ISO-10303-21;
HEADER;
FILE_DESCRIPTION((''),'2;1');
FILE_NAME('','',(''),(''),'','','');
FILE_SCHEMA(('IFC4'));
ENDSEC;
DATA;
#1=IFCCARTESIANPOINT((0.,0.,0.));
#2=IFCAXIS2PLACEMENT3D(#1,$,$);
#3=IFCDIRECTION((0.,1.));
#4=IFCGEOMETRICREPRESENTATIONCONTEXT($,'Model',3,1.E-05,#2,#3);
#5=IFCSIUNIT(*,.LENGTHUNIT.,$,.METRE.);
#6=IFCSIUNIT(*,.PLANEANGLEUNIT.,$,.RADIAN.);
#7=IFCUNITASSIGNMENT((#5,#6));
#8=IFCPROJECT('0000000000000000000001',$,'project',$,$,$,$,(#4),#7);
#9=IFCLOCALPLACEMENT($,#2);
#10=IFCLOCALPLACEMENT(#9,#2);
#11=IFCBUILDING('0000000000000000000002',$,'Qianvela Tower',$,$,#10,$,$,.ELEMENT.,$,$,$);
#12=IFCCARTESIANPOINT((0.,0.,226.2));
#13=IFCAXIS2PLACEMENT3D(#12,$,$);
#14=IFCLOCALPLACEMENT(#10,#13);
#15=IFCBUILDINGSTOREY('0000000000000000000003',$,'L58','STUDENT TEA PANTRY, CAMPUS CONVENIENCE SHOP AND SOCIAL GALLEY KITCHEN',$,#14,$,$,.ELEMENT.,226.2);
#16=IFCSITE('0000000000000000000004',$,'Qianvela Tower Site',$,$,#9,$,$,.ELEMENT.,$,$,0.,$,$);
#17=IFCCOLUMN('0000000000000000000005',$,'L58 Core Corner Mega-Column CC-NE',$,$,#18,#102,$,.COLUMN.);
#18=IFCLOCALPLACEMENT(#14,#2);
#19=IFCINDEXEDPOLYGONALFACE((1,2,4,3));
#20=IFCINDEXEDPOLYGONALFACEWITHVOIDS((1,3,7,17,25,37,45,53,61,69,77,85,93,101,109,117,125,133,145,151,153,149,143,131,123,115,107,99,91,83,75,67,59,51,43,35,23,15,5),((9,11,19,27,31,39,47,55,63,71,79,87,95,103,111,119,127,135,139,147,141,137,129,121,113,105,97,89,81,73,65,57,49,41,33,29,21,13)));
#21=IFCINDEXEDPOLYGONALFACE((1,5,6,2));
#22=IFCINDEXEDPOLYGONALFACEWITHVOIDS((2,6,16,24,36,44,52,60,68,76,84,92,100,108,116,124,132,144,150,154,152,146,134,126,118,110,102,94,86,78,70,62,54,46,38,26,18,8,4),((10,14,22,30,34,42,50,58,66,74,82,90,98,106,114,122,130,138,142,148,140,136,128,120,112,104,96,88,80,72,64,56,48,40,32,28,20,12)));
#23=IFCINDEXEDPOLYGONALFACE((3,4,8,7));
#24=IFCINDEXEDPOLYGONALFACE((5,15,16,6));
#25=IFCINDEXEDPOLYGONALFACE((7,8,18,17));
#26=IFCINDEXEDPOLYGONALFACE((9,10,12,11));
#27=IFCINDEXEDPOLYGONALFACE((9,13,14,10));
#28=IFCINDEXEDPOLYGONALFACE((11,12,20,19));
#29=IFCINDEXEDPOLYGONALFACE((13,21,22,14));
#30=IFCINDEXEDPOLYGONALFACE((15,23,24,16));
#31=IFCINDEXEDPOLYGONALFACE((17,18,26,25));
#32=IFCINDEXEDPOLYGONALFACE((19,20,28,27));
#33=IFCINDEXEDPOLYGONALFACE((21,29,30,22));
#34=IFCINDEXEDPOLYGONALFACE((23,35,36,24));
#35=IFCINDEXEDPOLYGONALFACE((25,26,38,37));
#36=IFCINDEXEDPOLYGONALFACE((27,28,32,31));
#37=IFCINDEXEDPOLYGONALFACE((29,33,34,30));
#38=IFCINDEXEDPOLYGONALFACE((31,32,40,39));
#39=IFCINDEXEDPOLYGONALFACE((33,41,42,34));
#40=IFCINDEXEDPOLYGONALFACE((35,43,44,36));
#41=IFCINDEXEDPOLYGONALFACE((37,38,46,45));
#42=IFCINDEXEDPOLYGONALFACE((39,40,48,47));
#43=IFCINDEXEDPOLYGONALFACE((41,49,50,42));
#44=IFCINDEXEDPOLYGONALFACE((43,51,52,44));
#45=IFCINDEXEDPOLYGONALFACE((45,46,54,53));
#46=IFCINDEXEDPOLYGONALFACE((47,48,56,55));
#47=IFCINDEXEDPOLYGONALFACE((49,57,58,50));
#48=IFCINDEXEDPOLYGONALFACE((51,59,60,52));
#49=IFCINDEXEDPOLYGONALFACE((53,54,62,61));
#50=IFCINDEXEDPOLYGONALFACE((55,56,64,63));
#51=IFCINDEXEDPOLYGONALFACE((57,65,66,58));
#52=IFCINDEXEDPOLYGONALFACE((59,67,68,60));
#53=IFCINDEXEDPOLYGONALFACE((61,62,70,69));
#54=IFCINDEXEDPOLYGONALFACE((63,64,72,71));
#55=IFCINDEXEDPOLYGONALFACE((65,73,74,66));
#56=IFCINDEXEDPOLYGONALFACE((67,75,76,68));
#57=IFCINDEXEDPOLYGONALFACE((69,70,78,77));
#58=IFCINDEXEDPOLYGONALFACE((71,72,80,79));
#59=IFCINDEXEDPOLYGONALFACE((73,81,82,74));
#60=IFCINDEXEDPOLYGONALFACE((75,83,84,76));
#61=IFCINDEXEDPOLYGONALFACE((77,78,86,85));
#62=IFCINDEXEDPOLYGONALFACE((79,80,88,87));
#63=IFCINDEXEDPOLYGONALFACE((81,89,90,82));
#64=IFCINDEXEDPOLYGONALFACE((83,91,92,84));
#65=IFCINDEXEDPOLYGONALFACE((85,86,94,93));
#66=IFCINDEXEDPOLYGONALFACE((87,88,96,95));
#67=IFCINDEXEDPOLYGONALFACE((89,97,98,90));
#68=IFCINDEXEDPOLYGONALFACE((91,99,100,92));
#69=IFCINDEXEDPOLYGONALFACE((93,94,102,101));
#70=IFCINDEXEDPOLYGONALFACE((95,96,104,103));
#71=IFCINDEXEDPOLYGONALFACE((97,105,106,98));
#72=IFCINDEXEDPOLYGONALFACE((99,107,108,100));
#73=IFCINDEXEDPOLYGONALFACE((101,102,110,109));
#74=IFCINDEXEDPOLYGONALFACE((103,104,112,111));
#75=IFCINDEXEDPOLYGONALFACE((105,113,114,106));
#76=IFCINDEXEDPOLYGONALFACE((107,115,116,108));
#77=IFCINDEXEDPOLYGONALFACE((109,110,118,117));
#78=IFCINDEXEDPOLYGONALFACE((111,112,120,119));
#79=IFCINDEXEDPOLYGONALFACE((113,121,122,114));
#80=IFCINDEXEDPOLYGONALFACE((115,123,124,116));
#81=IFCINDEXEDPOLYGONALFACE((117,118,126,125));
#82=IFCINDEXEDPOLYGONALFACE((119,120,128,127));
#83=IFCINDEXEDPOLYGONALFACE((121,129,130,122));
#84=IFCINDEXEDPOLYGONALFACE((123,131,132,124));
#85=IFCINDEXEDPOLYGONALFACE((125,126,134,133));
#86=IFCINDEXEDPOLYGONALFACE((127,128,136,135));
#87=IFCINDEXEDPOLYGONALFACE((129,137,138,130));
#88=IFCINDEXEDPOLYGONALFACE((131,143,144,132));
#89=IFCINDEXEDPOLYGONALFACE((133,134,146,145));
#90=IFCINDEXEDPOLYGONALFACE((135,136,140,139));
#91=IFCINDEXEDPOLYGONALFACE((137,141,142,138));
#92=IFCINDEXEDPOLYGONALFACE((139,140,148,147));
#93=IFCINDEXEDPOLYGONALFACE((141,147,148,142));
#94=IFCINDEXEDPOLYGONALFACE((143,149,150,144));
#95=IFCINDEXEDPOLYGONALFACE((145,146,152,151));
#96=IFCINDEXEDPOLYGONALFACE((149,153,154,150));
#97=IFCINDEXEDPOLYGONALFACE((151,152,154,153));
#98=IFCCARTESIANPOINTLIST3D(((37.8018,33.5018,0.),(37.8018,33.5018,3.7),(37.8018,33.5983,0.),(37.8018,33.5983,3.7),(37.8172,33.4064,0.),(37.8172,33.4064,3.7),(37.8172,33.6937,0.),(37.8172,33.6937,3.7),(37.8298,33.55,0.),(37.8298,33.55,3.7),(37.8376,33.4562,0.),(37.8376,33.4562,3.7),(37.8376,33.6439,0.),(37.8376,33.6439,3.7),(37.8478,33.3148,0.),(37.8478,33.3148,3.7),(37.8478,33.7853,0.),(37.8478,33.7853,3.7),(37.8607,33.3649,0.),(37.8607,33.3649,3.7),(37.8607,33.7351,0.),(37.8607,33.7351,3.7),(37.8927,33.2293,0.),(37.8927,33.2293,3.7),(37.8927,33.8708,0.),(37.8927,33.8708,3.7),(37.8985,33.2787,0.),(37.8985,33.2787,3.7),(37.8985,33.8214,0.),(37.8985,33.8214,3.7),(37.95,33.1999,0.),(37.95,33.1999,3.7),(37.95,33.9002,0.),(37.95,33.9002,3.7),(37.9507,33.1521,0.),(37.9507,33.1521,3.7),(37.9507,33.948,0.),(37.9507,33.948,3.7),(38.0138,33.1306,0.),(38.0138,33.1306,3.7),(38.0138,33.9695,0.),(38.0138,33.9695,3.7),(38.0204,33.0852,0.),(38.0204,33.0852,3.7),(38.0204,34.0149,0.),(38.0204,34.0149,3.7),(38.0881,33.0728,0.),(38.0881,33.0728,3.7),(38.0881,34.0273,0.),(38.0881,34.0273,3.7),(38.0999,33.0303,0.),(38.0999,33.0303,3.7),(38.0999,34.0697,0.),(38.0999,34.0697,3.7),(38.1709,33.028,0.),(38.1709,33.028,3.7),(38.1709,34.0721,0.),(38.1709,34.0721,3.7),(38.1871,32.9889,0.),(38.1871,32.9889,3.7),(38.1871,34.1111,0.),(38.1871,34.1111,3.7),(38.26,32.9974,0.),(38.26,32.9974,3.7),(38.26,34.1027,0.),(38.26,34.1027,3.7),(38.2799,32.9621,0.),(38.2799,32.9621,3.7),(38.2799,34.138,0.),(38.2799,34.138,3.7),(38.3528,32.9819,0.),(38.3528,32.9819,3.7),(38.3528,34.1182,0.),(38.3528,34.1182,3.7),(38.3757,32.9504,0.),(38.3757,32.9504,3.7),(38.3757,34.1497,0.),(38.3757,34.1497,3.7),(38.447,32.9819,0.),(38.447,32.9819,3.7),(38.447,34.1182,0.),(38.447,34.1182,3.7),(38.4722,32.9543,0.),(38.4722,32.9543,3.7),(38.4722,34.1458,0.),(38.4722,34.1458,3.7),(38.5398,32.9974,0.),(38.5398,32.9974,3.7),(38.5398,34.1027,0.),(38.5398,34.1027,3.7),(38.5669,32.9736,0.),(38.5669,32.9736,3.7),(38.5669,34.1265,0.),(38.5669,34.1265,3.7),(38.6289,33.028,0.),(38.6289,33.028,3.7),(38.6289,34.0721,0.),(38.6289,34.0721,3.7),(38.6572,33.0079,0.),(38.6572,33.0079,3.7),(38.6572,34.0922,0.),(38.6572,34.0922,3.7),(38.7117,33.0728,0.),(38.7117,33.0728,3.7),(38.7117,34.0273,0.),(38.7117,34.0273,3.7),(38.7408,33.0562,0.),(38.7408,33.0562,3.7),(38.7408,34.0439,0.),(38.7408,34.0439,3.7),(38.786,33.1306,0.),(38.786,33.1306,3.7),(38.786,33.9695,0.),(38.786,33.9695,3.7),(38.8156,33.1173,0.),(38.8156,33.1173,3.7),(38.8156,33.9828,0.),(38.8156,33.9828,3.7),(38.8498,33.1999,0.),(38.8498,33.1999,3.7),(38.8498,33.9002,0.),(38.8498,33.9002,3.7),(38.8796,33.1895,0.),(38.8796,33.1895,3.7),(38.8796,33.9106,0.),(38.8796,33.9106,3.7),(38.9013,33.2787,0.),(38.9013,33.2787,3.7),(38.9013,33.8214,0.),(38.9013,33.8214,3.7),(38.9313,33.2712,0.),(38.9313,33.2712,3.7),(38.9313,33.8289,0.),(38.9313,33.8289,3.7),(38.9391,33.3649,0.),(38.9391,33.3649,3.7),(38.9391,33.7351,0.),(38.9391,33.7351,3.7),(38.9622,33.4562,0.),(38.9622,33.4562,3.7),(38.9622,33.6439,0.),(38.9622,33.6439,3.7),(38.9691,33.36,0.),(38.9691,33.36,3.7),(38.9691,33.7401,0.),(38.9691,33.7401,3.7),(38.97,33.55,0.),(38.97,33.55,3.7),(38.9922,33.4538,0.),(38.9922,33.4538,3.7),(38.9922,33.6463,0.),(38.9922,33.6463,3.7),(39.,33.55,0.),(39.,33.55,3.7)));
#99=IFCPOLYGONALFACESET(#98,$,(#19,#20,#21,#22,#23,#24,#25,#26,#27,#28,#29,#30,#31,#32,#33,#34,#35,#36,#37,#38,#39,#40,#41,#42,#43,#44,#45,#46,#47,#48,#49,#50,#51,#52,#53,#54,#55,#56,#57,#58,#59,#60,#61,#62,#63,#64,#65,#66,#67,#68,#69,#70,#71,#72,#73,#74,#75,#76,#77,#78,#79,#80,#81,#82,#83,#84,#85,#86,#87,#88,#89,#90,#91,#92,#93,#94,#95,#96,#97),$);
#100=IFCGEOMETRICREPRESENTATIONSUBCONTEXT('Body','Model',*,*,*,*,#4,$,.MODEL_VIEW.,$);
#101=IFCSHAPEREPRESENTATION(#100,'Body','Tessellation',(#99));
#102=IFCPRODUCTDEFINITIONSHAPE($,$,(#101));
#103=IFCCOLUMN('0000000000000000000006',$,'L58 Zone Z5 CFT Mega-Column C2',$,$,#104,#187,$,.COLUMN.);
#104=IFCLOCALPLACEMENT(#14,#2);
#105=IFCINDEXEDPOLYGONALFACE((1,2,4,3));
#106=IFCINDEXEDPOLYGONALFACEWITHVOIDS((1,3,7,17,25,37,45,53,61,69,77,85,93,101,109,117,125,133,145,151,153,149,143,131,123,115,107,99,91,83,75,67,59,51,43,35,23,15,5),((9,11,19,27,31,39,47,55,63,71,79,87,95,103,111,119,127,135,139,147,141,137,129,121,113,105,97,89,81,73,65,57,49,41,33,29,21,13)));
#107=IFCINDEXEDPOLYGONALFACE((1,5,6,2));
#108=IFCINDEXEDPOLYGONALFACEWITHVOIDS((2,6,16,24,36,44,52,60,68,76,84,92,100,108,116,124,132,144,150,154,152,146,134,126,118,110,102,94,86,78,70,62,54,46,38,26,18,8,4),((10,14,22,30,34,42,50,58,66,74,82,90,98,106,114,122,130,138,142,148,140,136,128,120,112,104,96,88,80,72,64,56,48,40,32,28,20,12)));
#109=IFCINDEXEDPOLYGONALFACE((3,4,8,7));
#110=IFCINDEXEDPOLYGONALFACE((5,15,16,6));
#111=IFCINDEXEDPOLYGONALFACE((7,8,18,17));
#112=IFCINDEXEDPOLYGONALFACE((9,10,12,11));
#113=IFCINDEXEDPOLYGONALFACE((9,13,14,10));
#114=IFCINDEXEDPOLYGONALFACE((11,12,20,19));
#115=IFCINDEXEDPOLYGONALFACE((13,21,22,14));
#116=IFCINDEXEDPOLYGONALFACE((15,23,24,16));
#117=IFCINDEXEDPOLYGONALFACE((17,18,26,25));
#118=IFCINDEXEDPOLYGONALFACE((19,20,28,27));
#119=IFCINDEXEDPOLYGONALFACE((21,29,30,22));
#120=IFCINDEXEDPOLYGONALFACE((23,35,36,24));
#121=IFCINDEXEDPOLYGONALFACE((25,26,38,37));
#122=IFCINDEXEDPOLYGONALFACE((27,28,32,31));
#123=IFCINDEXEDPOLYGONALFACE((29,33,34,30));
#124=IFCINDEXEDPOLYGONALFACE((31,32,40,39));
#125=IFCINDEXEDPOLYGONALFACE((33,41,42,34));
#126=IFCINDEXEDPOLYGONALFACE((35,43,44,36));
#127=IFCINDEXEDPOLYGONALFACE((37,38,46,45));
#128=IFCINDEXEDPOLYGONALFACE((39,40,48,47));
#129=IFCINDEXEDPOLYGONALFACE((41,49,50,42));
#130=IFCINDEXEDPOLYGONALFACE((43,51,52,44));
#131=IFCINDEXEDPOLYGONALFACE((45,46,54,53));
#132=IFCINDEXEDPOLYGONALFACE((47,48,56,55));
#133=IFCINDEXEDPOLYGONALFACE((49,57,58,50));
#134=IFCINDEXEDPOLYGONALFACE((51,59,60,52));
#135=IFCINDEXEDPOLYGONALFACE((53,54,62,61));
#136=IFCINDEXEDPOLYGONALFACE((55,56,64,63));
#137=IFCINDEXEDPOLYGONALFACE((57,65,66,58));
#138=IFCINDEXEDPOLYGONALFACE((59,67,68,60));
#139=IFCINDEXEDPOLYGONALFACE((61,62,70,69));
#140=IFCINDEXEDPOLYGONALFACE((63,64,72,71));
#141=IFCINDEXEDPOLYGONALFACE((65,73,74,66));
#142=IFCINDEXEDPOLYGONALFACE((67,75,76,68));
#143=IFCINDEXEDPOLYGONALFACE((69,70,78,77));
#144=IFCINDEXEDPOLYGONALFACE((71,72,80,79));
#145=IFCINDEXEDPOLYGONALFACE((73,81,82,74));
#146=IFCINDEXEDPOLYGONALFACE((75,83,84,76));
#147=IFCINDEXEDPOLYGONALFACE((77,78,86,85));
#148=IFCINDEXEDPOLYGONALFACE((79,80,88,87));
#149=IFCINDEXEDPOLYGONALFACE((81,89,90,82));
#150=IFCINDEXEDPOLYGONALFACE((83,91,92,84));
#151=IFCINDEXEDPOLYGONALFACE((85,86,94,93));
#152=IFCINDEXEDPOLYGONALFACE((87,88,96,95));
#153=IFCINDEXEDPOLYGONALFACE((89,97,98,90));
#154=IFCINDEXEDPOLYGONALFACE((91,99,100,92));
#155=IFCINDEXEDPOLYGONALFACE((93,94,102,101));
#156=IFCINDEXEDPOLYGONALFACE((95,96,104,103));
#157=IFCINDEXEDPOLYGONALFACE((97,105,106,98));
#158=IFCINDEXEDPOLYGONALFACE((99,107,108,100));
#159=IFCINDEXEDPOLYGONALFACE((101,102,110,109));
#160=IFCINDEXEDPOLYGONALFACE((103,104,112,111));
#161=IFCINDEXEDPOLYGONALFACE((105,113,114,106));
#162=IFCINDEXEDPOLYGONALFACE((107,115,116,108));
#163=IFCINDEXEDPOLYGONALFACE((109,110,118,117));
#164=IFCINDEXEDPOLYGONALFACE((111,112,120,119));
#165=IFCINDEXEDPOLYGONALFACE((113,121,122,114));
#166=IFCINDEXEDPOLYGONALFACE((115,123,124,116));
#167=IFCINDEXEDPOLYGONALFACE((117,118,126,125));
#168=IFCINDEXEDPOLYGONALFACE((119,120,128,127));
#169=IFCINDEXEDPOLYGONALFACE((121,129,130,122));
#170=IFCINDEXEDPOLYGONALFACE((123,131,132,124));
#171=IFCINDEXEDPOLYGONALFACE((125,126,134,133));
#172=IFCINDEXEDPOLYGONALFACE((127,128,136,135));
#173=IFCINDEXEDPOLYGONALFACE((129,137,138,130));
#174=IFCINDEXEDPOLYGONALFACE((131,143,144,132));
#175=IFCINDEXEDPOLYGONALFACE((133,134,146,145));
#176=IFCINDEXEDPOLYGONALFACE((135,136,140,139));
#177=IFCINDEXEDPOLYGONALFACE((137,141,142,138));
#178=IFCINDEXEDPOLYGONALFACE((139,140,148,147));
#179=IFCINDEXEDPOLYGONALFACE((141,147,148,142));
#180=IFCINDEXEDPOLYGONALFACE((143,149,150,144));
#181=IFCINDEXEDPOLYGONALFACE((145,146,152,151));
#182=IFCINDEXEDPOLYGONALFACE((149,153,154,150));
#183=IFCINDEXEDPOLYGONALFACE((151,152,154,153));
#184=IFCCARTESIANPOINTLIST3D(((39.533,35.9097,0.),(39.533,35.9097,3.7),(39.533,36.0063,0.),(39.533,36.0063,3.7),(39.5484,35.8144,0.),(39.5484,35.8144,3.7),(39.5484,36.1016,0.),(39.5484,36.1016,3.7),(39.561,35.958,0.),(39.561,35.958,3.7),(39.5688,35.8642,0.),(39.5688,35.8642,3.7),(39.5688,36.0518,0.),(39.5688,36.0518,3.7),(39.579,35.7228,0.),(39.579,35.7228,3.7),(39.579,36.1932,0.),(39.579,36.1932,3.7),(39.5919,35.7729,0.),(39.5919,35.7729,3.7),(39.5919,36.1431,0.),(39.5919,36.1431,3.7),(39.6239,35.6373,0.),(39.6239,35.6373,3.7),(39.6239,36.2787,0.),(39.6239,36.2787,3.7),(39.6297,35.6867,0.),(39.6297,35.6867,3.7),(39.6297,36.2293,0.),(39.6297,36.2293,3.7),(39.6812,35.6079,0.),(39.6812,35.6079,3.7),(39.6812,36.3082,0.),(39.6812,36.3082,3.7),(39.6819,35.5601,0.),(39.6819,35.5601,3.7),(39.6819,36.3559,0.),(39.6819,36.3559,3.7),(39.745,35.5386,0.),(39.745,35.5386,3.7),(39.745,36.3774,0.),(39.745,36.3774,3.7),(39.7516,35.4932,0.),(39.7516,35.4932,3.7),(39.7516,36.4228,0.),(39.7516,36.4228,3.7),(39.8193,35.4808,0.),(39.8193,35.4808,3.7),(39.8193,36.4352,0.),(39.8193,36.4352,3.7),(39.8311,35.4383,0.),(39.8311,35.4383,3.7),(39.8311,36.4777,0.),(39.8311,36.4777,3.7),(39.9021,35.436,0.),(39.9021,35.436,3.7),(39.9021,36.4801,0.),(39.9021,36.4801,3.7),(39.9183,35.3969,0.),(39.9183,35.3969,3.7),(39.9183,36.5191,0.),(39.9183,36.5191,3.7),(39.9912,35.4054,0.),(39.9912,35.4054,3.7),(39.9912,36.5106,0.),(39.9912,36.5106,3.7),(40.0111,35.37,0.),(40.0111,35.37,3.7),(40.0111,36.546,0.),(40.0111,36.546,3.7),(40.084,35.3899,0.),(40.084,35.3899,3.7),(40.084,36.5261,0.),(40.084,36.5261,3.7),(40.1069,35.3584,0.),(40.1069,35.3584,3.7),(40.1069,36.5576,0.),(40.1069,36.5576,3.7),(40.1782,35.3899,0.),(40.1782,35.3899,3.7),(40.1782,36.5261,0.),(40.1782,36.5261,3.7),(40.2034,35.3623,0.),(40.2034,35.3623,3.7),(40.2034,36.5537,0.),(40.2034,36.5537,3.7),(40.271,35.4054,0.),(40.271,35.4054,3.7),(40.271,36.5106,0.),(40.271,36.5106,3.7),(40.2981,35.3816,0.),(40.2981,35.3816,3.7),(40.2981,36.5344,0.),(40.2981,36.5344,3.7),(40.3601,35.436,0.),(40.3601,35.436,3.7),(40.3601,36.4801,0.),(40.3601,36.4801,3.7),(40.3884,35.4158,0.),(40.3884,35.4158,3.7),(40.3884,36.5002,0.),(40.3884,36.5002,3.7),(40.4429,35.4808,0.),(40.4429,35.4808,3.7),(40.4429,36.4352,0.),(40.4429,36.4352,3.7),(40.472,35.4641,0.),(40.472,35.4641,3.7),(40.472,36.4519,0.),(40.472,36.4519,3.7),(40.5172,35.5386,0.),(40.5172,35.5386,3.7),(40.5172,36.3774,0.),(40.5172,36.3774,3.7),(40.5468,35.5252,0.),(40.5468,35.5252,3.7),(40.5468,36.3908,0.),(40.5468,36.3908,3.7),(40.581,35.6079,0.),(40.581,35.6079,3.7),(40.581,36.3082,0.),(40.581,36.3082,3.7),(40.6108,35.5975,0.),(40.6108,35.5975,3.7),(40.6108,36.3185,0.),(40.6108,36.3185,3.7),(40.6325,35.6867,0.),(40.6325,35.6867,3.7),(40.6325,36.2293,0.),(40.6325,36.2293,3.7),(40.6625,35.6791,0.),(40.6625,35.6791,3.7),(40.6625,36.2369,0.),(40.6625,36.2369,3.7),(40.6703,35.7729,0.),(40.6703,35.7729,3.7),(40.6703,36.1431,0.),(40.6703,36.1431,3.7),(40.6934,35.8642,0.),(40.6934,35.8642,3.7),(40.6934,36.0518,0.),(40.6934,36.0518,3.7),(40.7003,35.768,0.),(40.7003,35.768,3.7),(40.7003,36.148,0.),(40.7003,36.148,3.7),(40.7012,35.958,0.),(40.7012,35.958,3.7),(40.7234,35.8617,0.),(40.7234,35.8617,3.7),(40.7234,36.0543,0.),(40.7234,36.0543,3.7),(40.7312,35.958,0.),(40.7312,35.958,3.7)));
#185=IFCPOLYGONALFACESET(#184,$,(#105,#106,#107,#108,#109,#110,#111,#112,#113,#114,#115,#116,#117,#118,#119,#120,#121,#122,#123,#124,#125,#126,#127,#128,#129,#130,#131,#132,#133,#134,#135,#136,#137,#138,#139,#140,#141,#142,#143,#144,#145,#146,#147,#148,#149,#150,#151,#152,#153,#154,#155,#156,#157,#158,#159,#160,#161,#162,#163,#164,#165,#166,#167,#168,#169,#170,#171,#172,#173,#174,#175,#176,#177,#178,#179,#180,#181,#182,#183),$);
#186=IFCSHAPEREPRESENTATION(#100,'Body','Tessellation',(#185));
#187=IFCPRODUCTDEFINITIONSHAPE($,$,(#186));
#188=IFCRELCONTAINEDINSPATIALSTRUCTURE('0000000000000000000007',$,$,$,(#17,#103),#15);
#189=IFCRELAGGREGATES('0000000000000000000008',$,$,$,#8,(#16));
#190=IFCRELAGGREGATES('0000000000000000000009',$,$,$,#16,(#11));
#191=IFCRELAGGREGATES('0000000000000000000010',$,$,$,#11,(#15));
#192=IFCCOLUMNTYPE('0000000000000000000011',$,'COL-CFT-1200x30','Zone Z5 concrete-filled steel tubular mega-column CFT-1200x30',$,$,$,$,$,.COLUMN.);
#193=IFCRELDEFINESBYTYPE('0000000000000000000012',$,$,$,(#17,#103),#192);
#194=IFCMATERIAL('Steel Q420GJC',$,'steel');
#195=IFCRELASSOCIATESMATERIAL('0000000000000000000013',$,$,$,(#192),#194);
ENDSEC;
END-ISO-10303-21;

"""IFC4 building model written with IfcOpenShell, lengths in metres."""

from ifc_helpers import new_model, si_unit, direction, frame, origin, origin_2d, place, context, subcontext, project, spatial, hollow_circle, extrude, material, material_profile, profile_set, type_object, element, save


model = new_model("IFC4")

# Units and contexts
model_context = context("Model", 3, precision=1e-05, world=origin(), true_north=direction((0.0, 1.0)))
body_context = subcontext(model_context, "Body", "Model", "MODEL_VIEW")
ifc_project = project(units=[si_unit("LENGTHUNIT", "METRE"), si_unit("PLANEANGLEUNIT", "RADIAN")], contexts=[model_context])

# Site, building, storey
site_placement = place(None, origin())
site = spatial("IfcSite", under=ifc_project, at=site_placement, Name="Qianvela Tower Site", CompositionType="ELEMENT", RefElevation=0.0)
building_placement = place(site_placement, origin())
building = spatial("IfcBuilding", under=site, at=building_placement, Name="Qianvela Tower", CompositionType="ELEMENT")
storey_placement = place(building_placement, frame((0.0, 0.0, 226.2)))
storey = spatial("IfcBuildingStorey", under=building, at=storey_placement, Name="L58", Description="STUDENT TEA PANTRY, CAMPUS CONVENIENCE SHOP AND SOCIAL GALLEY KITCHEN", CompositionType="ELEMENT", Elevation=226.2)

# Columns
ifc_material_1 = material(Name="Steel Q420GJC", Category="steel")
ifc_material_profile_1 = material_profile(ifc_material_1, hollow_circle(Radius=0.6001, WallThickness=0.03, at=origin_2d()), Name="CFT-1200x30")
ifc_profile_set_1 = profile_set([ifc_material_profile_1], Name="Steel Q420GJC")
column_type = type_object("IfcColumnType", Name="COL-CFT-1200x30", Description="Zone Z5 concrete-filled steel tubular mega-column CFT-1200x30", PredefinedType="COLUMN", material=ifc_profile_set_1)
for number, where, z_axis, x_axis, name in (
    (1, (38.3999, 33.55, 0.0), (0.0, 0.0, 1.0), (1.0, 0.0, 0.0), "L58 Core Corner Mega-Column CC-NE"),
    (2, (40.1311, 35.958, 0.0), (0.0, 0.0, 1.0), (1.0, 0.0, 0.0), "L58 Zone Z5 CFT Mega-Column C2"),
):
    element("IfcColumn", number, at=place(storey_placement, frame(where, z_axis=z_axis, x_axis=x_axis)), inside=storey, type_object=column_type, Name=name, PredefinedType="COLUMN", context=body_context, shape_type="SweptSolid", body=[
        extrude(hollow_circle(Radius=0.6001, WallThickness=0.03, at=origin_2d()), origin(), (0.0, 0.0, 1.0), 3.7),
    ])

save(model, "model.ifc")
